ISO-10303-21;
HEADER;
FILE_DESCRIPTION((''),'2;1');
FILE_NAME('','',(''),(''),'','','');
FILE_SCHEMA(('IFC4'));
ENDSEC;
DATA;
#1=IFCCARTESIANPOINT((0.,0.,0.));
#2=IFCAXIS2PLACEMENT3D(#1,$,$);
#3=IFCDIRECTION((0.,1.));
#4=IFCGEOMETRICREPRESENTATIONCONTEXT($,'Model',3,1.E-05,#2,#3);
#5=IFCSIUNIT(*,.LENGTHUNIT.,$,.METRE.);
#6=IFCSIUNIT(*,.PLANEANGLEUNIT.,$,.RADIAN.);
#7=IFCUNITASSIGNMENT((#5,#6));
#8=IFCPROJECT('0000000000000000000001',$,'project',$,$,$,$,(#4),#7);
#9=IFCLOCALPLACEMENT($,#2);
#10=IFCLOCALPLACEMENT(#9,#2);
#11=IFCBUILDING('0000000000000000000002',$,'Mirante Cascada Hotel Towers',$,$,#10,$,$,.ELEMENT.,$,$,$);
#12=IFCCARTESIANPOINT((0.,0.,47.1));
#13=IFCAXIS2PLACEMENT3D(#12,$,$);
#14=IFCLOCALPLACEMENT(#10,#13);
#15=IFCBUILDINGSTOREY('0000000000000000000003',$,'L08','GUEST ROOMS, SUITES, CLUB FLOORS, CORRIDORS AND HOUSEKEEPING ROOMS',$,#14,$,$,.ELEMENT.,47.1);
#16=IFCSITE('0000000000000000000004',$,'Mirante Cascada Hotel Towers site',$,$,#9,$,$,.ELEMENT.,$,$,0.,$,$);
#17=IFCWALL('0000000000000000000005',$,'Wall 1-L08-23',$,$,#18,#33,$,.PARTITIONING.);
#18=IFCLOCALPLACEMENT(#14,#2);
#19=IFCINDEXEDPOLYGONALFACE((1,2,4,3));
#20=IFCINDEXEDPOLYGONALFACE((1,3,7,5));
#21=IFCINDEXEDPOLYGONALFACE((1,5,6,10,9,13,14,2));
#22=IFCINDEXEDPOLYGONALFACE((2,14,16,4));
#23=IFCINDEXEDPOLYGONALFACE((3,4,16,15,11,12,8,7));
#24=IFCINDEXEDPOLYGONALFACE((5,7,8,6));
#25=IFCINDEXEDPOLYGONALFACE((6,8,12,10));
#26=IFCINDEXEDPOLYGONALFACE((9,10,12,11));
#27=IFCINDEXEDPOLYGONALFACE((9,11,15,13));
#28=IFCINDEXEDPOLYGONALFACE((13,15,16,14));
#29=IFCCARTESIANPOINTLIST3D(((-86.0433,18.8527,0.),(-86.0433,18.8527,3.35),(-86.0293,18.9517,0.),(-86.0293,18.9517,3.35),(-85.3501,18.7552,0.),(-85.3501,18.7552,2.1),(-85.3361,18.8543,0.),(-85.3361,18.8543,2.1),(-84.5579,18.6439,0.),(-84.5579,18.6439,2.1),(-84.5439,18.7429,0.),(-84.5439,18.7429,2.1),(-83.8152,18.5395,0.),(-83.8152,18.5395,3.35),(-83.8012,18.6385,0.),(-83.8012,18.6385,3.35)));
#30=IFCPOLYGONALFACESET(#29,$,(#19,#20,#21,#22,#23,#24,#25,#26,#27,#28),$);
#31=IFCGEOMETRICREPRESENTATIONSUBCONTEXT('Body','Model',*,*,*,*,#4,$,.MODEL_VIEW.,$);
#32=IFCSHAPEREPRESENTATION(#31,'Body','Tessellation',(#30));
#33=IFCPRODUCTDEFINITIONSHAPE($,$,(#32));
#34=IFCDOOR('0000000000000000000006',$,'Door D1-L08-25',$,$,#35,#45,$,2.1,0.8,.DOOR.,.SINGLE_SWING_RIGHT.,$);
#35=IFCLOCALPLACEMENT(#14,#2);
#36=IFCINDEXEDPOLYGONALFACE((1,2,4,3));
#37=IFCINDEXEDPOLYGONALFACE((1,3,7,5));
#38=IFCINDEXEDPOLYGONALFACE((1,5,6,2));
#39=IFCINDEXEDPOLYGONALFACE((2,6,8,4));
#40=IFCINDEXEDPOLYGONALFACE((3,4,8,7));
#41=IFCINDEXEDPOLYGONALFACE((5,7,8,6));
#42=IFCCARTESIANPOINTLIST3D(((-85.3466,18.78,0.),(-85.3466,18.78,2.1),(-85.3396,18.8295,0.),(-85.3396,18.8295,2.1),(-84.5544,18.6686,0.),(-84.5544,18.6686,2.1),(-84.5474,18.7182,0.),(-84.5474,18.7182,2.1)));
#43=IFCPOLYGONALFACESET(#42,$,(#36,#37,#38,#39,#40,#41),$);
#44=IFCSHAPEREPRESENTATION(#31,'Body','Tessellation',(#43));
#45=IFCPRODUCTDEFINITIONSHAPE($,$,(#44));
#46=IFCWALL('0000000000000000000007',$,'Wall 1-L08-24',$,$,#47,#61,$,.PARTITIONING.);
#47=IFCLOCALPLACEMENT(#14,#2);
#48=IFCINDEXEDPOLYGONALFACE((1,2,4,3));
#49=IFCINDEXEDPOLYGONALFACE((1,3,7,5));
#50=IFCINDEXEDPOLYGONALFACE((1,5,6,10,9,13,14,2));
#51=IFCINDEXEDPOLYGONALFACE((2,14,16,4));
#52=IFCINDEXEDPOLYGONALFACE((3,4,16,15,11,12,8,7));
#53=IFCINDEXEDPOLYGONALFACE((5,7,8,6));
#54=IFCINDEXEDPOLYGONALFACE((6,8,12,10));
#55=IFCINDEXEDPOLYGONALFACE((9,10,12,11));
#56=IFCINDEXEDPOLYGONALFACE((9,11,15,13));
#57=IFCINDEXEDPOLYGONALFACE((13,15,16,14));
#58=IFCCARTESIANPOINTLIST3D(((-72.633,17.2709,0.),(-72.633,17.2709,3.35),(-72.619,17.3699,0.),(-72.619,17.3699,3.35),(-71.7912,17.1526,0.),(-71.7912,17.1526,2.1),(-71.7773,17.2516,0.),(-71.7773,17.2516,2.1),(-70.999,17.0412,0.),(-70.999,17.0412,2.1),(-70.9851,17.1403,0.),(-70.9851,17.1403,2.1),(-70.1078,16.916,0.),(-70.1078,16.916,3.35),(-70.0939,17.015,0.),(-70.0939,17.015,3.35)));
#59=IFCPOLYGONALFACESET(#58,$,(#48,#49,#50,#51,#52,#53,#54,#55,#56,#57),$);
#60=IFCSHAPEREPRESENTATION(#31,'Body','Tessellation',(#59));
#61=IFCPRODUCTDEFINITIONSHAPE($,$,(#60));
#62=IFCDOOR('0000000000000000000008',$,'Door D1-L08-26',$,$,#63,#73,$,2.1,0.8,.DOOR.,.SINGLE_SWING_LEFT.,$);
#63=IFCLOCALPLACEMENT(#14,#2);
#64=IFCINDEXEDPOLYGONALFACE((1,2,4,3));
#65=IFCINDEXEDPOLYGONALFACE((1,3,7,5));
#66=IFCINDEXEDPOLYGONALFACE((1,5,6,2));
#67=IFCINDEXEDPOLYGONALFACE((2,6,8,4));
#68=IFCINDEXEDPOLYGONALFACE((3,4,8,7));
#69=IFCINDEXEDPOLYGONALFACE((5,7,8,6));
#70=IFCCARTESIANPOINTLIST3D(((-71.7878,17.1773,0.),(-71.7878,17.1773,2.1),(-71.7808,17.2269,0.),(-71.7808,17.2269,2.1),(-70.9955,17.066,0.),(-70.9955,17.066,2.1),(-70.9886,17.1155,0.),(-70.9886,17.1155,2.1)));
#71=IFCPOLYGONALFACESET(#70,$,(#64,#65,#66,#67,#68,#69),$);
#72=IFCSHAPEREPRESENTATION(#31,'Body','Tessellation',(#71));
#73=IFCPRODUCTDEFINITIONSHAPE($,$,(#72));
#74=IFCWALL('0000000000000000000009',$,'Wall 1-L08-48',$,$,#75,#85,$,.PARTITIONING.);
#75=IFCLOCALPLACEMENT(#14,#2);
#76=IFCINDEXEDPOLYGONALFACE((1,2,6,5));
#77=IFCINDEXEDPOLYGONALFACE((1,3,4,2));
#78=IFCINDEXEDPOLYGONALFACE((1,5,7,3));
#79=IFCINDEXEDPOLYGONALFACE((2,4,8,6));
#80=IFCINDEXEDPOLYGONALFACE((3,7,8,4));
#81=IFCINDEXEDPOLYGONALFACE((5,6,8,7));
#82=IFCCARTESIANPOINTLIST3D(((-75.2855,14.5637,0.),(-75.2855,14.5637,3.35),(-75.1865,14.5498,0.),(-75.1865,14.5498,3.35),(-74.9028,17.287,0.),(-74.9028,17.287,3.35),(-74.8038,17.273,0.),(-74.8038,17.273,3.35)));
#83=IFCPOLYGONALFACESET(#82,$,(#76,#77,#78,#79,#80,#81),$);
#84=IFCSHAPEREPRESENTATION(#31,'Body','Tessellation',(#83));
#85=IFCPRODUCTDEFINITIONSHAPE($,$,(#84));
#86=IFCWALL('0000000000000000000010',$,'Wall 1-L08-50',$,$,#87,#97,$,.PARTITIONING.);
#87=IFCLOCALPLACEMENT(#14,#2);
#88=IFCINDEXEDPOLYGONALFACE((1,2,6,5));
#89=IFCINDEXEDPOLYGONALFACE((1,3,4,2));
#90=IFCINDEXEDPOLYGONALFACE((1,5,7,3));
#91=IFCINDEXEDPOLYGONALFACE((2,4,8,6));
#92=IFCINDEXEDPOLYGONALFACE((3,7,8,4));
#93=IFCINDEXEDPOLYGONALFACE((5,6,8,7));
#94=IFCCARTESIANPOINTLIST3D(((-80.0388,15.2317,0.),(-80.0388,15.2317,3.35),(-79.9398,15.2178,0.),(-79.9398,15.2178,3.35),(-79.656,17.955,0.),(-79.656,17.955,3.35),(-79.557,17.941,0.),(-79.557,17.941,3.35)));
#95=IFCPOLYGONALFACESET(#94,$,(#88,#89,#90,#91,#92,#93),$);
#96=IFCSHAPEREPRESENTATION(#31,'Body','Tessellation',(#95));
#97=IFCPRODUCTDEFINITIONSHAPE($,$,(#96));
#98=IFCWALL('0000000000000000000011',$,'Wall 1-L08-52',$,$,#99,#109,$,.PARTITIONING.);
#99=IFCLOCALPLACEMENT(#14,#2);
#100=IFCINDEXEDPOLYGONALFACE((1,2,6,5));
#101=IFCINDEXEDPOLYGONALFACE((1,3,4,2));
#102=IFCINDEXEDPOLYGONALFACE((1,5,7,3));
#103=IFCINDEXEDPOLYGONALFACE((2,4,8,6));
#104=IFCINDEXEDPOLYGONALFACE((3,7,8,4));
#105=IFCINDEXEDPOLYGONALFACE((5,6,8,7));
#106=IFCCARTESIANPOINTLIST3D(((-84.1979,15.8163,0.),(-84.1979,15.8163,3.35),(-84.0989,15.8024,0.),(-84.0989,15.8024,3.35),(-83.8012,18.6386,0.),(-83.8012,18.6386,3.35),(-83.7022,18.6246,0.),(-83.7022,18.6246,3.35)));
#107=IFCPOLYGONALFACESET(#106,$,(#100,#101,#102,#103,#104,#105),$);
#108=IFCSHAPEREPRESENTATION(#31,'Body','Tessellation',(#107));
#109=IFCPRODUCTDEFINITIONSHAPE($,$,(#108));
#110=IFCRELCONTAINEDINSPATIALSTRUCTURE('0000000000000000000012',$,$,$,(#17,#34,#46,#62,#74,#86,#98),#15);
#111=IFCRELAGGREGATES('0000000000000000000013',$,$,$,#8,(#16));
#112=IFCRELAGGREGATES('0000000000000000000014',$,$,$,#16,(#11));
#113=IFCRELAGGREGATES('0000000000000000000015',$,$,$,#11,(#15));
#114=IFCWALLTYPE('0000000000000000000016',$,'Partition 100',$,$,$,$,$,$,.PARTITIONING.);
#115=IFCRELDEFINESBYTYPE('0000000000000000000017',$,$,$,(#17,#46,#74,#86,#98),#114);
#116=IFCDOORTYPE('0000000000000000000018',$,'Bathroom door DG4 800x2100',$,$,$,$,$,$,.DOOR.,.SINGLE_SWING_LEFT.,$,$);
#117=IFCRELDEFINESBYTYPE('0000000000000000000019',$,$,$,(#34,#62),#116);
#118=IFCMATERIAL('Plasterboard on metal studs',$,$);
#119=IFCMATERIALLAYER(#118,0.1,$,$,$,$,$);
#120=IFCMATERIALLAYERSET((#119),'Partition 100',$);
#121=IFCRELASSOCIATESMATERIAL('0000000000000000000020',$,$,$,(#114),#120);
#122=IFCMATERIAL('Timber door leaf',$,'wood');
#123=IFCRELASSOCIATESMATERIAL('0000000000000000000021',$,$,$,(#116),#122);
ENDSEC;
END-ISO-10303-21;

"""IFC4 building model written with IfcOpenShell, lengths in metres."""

from ifc_helpers import new_model, si_unit, direction, frame, frame_2d, origin, place, context, subcontext, project, spatial, rectangle, extrude, material, layer, layer_set, type_object, element, fill, save


model = new_model("IFC4")

# Units and contexts
model_context = context("Model", 3, precision=1e-05, world=origin(), true_north=direction((0.0, 1.0)))
body_context = subcontext(model_context, "Body", "Model", "MODEL_VIEW")
ifc_project = project(units=[si_unit("LENGTHUNIT", "METRE"), si_unit("PLANEANGLEUNIT", "RADIAN")], contexts=[model_context])

# Site, building, storey
site_placement = place(None, origin())
site = spatial("IfcSite", under=ifc_project, at=site_placement, Name="Mirante Cascada Hotel Towers site", CompositionType="ELEMENT", RefElevation=0.0)
building_placement = place(site_placement, origin())
building = spatial("IfcBuilding", under=site, at=building_placement, Name="Mirante Cascada Hotel Towers", CompositionType="ELEMENT")
storey_placement = place(building_placement, frame((0.0, 0.0, 47.1)))
storey = spatial("IfcBuildingStorey", under=building, at=storey_placement, Name="L08", Description="GUEST ROOMS, SUITES, CLUB FLOORS, CORRIDORS AND HOUSEKEEPING ROOMS", CompositionType="ELEMENT", Elevation=47.1)

# Shared definitions
ifc_material_1 = material(Name="Plasterboard on metal studs")
ifc_layer_1 = layer(ifc_material_1, 0.1)
ifc_layer_set_1 = layer_set([ifc_layer_1], Name="Partition 100")
wall_type_1 = type_object("IfcWallType", Name="Partition 100", PredefinedType="PARTITIONING", material=ifc_layer_set_1)
ifc_material_2 = material(Name="Timber door leaf", Category="wood")
door_type = type_object("IfcDoorType", Name="Bathroom door DG4 800x2100", OperationType="SINGLE_SWING_LEFT", PredefinedType="DOOR", material=ifc_material_2)

# Walls, openings, doors
wall_1_placement = place(storey_placement, frame((-83.8082, 18.589, 0.0), z_axis=(0.0, 0.0, 1.0), x_axis=(-0.990264, 0.1392, 0.0)))
wall_1 = element("IfcWall", 1, at=wall_1_placement, inside=storey, type_object=wall_type_1, Name="Wall 1-L08-23", PredefinedType="PARTITIONING", context=body_context, shape_type="SweptSolid", body=[
    extrude(rectangle(XDim=2.25, YDim=0.1, at=frame_2d((1.125, 0.0))), origin(), (0.0, 0.0, 1.0), 3.35),
])
opening_1_placement = place(wall_1_placement, frame((0.75, 0.0, 0.0)))
opening_1 = element("IfcOpeningElement", 2, at=opening_1_placement, cuts=wall_1, PredefinedType="OPENING", context=body_context, shape_type="SweptSolid", body=[
    extrude(rectangle(XDim=0.8, YDim=2.1, at=frame_2d((0.4, 1.05))), frame((0.0, 0.05, 0.0), z_axis=(0.0, -1.0, 0.0), x_axis=(1.0, 0.0, 0.0)), (0.0, 0.0, 1.0), 0.1),
])
door_1_placement = place(opening_1_placement, frame((0.8, 0.0, 0.0), z_axis=(0.0, 0.0, 1.0), x_axis=(-1.0, 0.0, 0.0)))
door_1 = element("IfcDoor", 3, at=door_1_placement, inside=storey, type_object=door_type, Name="Door D1-L08-25", OperationType="SINGLE_SWING_RIGHT", OverallHeight=2.1, OverallWidth=0.8, PredefinedType="DOOR", context=body_context, shape_type="SweptSolid", body=[
    extrude(rectangle(XDim=0.8, YDim=2.1, at=frame_2d((0.4, 1.05))), frame((0.0, 0.025, 0.0), z_axis=(0.0, -1.0, 0.0), x_axis=(1.0, 0.0, 0.0)), (0.0, 0.0, 1.0), 0.05),
])
fill(opening_1, door_1)
wall_2_placement = place(storey_placement, frame((-72.626, 17.3204, 0.0), z_axis=(0.0, 0.0, 1.0), x_axis=(0.990268, -0.139176, 0.0)))
wall_2 = element("IfcWall", 4, at=wall_2_placement, inside=storey, type_object=wall_type_1, Name="Wall 1-L08-24", PredefinedType="PARTITIONING", context=body_context, shape_type="SweptSolid", body=[
    extrude(rectangle(XDim=2.55, YDim=0.1, at=frame_2d((1.275, 0.0))), origin(), (0.0, 0.0, 1.0), 3.35),
])
opening_2_placement = place(wall_2_placement, frame((0.85, 0.0, 0.0)))
opening_2 = element("IfcOpeningElement", 5, at=opening_2_placement, cuts=wall_2, PredefinedType="OPENING", context=body_context, shape_type="SweptSolid", body=[
    extrude(rectangle(XDim=0.8, YDim=2.1, at=frame_2d((0.4, 1.05))), frame((0.0, 0.05, 0.0), z_axis=(0.0, -1.0, 0.0), x_axis=(1.0, 0.0, 0.0)), (0.0, 0.0, 1.0), 0.1),
])
door_2_placement = place(opening_2_placement, origin())
door_2 = element("IfcDoor", 6, at=door_2_placement, inside=storey, type_object=door_type, Name="Door D1-L08-26", OperationType="SINGLE_SWING_LEFT", OverallHeight=2.1, OverallWidth=0.8, PredefinedType="DOOR", context=body_context, shape_type="SweptSolid", body=[
    extrude(rectangle(XDim=0.8, YDim=2.1, at=frame_2d((0.4, 1.05))), frame((0.0, 0.025, 0.0), z_axis=(0.0, -1.0, 0.0), x_axis=(1.0, 0.0, 0.0)), (0.0, 0.0, 1.0), 0.05),
])
fill(opening_2, door_2)

# Walls
for number, where, z_axis, x_axis, name in (
    (7, (-74.8533, 17.28, 0.0), (0.0, 0.0, 1.0), (-0.139166, -0.990269, 0.0), "Wall 1-L08-48"),
    (8, (-79.6065, 17.948, 0.0), (0.0, 0.0, 1.0), (-0.139201, -0.990264, 0.0), "Wall 1-L08-50"),
):
    element("IfcWall", number, at=place(storey_placement, frame(where, z_axis=z_axis, x_axis=x_axis)), inside=storey, type_object=wall_type_1, Name=name, PredefinedType="PARTITIONING", context=body_context, shape_type="SweptSolid", body=[
        extrude(rectangle(XDim=2.75, YDim=0.1, at=frame_2d((1.375, 0.0))), origin(), (0.0, 0.0, 1.0), 3.35),
    ])
wall_3_placement = place(storey_placement, frame((-83.7517, 18.6316, 0.0), z_axis=(0.0, 0.0, 1.0), x_axis=(-0.139191, -0.990266, 0.0)))
element("IfcWall", 9, at=wall_3_placement, inside=storey, type_object=wall_type_1, Name="Wall 1-L08-52", PredefinedType="PARTITIONING", context=body_context, shape_type="SweptSolid", body=[
    extrude(rectangle(XDim=2.85, YDim=0.1, at=frame_2d((1.425, 0.0))), origin(), (0.0, 0.0, 1.0), 3.35),
])

save(model, "model.ifc")
